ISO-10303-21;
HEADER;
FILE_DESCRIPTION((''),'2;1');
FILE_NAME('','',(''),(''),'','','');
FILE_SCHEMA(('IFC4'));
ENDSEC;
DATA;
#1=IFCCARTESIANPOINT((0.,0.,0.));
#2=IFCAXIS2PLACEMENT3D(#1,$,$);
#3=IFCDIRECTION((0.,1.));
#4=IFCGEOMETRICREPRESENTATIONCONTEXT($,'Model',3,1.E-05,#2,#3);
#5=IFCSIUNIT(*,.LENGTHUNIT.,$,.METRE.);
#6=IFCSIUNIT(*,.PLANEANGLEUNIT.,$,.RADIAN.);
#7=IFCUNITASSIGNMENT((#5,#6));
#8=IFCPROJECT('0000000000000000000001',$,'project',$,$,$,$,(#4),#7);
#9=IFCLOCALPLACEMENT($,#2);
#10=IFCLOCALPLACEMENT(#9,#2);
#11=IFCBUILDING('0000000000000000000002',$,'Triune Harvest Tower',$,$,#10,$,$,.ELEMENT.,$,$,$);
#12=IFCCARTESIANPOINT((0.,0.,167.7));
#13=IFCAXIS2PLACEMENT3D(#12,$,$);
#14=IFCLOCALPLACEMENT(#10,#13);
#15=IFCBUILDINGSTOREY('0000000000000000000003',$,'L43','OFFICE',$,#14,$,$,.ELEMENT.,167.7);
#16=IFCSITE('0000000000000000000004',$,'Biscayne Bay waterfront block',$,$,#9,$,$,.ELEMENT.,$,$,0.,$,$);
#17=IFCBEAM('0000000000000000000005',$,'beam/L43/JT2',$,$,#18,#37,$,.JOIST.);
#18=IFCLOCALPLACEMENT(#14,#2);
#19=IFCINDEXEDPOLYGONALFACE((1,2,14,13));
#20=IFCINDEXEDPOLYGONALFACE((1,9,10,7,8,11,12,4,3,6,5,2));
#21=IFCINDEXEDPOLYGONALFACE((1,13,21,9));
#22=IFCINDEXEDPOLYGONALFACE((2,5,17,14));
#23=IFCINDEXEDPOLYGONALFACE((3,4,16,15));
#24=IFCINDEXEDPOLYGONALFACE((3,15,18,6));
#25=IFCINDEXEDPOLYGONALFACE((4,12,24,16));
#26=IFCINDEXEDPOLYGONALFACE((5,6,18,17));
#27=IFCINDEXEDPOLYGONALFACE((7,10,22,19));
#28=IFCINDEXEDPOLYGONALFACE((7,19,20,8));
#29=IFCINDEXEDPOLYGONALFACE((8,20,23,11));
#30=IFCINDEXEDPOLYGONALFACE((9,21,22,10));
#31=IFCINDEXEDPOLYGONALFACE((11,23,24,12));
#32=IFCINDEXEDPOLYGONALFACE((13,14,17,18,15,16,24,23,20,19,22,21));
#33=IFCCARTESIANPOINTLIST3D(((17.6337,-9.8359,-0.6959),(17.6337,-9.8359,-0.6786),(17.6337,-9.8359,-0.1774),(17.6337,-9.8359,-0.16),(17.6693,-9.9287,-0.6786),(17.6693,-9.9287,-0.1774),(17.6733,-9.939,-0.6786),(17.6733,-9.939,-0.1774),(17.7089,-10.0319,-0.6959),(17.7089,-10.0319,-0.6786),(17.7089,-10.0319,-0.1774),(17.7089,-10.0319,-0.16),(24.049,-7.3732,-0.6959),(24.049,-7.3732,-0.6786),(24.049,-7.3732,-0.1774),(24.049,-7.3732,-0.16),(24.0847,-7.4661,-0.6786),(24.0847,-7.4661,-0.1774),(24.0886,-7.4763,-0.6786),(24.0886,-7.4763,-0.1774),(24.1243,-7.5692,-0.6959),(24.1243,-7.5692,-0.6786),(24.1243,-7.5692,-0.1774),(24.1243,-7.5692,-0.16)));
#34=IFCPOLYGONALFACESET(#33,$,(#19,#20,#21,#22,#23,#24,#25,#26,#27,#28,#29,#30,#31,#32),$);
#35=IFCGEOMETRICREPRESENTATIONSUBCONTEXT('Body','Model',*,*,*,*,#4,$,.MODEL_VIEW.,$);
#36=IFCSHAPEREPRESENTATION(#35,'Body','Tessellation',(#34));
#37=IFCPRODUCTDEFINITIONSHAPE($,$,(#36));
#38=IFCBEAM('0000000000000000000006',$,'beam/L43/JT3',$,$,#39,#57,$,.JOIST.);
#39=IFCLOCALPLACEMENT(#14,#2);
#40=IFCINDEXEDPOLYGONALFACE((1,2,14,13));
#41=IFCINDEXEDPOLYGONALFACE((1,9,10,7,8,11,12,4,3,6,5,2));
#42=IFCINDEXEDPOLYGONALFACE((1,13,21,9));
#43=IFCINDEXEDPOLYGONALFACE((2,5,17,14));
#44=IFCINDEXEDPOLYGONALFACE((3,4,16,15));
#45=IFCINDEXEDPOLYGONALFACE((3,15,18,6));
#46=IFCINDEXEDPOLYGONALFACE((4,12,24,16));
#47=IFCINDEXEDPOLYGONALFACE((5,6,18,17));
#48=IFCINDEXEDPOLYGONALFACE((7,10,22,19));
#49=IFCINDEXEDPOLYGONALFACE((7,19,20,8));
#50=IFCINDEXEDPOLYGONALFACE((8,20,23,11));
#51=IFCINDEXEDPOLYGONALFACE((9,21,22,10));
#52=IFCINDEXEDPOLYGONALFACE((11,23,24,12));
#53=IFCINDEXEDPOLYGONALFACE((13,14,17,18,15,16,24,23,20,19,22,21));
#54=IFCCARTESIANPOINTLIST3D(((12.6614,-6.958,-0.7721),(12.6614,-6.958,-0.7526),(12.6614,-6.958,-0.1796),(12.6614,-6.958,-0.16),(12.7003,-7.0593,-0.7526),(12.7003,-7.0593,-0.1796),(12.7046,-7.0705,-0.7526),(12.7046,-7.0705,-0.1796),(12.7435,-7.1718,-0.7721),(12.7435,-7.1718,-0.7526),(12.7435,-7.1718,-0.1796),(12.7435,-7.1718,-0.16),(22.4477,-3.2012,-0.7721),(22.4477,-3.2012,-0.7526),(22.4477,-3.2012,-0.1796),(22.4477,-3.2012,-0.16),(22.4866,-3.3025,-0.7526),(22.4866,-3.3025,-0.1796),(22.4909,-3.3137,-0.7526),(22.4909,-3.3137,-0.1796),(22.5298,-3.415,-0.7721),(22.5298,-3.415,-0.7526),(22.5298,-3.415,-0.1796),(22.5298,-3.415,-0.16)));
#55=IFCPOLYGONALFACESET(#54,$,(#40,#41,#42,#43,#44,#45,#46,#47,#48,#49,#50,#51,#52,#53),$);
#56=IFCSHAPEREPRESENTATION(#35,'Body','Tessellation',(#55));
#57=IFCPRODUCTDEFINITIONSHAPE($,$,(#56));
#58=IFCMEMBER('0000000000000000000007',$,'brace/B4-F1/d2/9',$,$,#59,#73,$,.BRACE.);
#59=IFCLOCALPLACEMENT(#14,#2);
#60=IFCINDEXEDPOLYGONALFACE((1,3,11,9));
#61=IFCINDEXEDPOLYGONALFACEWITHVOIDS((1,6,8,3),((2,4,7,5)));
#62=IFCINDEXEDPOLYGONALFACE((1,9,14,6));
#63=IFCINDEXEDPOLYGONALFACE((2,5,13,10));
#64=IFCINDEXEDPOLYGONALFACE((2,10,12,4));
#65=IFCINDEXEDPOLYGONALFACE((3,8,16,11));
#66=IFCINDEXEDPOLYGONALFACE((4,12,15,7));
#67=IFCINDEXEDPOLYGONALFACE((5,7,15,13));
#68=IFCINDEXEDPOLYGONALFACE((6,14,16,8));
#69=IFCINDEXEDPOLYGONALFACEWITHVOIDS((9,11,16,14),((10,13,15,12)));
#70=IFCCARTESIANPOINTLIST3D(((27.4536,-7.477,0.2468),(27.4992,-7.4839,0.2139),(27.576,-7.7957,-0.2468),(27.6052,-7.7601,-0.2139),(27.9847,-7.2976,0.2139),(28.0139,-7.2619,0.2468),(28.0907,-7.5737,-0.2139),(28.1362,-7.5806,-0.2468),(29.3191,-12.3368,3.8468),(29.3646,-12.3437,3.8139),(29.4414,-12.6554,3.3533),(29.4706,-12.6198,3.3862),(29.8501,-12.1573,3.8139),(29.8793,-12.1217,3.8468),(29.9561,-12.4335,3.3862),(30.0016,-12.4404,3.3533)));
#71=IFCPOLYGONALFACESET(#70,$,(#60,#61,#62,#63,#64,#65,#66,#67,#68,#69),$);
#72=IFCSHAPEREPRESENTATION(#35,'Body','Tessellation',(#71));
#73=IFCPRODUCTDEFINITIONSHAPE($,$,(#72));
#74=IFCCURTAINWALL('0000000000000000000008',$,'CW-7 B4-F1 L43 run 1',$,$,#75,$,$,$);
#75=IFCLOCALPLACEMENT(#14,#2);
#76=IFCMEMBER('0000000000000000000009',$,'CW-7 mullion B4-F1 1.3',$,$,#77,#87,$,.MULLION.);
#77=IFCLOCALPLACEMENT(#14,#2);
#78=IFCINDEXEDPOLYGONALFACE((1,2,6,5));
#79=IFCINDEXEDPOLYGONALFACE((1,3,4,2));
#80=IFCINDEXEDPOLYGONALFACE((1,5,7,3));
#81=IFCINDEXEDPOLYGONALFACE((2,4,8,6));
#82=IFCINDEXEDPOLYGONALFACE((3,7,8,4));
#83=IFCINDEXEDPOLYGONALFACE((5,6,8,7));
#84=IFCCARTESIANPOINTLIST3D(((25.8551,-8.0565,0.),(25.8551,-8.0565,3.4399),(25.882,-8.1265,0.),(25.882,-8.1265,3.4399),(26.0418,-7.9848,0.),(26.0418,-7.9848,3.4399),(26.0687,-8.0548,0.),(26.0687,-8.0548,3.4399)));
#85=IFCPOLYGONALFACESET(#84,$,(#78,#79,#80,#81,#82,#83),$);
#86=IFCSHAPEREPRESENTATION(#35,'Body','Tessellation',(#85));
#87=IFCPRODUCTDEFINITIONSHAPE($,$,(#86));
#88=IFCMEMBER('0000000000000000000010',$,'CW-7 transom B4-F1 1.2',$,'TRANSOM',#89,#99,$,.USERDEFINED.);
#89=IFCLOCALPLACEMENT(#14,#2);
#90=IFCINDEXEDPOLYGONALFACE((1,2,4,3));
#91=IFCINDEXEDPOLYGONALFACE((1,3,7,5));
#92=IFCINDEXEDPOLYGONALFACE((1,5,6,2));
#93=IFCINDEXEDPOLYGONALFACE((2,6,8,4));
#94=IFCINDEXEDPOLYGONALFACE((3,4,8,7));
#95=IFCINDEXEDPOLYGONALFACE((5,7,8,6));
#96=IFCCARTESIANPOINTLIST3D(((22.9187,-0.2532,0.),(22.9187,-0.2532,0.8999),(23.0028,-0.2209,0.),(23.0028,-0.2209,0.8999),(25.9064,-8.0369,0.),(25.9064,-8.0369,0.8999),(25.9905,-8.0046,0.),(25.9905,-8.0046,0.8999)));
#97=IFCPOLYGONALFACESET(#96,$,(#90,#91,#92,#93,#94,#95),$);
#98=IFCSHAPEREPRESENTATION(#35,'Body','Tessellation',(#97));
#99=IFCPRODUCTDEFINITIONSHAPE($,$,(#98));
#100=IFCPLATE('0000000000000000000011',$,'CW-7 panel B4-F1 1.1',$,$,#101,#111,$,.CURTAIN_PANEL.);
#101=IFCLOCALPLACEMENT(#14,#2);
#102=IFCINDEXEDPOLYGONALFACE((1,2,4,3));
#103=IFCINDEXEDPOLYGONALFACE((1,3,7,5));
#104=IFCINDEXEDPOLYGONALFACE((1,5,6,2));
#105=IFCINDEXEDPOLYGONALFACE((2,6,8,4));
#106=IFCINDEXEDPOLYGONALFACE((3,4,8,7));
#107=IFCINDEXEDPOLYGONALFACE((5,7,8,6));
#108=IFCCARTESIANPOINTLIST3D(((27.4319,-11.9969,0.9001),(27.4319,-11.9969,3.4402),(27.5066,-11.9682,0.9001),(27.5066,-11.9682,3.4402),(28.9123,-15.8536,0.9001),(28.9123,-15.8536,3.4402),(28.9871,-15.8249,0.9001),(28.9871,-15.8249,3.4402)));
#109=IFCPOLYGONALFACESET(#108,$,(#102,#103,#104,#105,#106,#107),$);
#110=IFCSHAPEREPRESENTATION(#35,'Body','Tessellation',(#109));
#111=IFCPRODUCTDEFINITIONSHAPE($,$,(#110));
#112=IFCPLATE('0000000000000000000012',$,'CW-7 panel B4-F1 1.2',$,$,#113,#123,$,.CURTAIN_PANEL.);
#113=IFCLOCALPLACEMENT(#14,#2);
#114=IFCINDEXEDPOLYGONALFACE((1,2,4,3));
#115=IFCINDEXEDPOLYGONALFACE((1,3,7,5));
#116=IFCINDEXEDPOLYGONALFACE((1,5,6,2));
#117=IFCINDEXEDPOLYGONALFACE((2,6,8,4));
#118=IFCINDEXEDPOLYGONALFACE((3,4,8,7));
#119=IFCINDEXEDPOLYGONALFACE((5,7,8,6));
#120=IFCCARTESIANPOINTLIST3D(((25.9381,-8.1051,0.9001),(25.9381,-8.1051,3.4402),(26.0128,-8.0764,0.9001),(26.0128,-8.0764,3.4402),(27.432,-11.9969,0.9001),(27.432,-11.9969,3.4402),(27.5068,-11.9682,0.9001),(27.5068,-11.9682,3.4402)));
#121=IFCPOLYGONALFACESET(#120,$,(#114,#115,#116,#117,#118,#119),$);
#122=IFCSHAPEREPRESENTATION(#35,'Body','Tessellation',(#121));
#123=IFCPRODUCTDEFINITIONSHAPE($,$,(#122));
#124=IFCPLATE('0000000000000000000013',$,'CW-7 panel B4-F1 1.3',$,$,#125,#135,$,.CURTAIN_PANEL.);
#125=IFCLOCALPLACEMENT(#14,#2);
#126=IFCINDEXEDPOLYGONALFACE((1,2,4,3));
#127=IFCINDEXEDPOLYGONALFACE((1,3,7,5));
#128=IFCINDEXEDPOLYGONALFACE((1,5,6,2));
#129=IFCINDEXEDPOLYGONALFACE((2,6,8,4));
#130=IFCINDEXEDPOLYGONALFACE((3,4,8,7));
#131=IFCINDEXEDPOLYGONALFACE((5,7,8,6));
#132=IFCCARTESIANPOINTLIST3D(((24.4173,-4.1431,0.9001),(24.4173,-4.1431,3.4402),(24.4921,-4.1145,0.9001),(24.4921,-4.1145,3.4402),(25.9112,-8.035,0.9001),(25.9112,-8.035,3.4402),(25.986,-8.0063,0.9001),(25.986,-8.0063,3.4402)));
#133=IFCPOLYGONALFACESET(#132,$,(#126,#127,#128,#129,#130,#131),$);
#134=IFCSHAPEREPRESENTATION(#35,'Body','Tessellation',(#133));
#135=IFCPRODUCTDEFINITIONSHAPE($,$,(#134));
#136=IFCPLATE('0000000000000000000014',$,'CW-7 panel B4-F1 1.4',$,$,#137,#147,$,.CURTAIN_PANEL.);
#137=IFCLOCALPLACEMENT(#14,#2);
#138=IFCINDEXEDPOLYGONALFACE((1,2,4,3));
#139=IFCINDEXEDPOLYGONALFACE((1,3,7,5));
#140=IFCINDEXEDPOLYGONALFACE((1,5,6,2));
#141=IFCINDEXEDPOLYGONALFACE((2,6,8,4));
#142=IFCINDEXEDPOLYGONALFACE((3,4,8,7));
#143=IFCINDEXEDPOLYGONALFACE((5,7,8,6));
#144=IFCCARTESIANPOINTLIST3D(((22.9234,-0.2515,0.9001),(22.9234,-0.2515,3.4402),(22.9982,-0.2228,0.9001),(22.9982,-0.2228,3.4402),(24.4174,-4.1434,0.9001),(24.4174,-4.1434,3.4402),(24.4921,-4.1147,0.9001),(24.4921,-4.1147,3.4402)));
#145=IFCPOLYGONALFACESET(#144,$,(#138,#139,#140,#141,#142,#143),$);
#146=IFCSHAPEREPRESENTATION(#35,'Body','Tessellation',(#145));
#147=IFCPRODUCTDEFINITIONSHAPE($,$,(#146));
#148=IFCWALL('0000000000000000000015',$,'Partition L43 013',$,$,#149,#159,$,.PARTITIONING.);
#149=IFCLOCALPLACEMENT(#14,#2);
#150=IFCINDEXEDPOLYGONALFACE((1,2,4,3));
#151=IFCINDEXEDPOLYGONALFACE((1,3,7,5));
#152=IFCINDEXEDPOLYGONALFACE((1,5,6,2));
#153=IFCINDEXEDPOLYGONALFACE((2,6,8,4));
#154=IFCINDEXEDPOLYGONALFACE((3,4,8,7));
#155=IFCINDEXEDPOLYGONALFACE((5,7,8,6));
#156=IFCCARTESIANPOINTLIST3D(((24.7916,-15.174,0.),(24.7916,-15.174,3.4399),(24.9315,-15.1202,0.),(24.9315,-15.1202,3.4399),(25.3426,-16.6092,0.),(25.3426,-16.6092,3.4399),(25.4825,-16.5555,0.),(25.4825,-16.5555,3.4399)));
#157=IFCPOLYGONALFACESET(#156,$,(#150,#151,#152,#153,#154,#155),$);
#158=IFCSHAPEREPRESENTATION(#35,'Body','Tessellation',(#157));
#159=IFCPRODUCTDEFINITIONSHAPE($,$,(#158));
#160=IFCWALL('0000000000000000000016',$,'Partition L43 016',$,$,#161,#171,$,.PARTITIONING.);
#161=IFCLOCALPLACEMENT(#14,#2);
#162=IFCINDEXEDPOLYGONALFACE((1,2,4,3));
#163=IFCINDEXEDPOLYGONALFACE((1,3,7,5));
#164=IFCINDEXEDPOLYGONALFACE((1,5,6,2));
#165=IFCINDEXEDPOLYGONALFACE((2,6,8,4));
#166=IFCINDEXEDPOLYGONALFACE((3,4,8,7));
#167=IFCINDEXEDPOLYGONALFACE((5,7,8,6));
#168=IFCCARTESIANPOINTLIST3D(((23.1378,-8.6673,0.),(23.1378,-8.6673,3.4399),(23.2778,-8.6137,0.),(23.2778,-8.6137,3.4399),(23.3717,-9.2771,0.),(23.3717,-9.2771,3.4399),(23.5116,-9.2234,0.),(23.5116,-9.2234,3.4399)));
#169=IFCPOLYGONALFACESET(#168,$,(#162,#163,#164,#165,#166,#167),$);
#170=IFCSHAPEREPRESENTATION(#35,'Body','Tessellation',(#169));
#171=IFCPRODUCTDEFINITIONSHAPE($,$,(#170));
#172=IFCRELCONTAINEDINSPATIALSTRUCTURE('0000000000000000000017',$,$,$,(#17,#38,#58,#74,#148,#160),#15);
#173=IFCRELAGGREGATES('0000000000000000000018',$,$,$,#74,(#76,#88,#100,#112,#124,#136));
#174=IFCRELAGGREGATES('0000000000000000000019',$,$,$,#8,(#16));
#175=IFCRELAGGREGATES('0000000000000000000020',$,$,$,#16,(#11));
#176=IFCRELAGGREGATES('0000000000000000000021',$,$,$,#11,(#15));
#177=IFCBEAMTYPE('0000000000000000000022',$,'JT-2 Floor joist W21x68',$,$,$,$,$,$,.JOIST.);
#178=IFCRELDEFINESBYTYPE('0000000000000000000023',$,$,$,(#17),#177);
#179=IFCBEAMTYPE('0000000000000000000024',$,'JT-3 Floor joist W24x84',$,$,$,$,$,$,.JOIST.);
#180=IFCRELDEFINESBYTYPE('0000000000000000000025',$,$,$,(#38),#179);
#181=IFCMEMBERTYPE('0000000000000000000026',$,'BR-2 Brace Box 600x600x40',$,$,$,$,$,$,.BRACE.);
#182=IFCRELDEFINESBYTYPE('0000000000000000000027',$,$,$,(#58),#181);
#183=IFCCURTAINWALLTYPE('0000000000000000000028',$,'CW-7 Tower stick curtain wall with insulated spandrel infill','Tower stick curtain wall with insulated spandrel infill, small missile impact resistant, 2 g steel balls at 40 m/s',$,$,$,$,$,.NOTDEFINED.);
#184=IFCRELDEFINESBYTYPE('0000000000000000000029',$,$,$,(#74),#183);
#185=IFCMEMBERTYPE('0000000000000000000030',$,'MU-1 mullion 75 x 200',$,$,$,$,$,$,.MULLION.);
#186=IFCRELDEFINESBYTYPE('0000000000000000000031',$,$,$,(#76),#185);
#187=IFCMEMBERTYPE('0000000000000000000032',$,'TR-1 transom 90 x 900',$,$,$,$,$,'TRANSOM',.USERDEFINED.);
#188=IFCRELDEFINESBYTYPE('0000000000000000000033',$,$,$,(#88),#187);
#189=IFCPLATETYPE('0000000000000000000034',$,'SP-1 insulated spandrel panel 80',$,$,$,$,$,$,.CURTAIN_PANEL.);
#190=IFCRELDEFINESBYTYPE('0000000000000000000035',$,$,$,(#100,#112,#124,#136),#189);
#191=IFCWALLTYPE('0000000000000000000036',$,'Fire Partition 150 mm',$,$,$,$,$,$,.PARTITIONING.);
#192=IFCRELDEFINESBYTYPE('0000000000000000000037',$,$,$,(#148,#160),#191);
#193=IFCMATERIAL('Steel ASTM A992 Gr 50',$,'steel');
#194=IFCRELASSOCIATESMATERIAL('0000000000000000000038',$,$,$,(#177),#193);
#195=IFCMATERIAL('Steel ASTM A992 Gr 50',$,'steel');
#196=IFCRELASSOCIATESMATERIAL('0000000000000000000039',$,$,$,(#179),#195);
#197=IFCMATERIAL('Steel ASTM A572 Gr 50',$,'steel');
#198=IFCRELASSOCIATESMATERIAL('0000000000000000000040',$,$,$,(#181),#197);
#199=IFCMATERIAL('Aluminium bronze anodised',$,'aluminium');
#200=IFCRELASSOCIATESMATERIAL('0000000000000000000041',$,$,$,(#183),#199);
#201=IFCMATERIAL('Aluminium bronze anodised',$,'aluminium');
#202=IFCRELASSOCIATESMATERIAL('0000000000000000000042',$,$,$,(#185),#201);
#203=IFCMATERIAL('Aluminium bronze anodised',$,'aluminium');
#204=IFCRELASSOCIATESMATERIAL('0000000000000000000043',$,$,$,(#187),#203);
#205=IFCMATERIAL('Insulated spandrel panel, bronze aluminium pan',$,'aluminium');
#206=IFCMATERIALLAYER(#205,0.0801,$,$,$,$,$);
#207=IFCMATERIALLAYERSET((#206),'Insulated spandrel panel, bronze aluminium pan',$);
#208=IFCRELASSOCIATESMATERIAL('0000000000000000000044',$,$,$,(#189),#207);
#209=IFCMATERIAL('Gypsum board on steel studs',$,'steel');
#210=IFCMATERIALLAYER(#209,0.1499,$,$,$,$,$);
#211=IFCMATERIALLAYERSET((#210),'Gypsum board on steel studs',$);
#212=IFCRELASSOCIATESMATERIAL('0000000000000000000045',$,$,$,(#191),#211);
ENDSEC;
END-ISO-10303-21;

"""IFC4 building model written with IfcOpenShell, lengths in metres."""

from ifc_helpers import new_model, si_unit, direction, frame, frame_2d, origin, origin_2d, place, context, subcontext, project, spatial, rectangle, hollow_rectangle, i_section, extrude, source, transform, mapped, material, layer, layer_set, material_profile, profile_set, type_object, element, aggregate, save


model = new_model("IFC4")

# Units and contexts
model_context = context("Model", 3, precision=1e-05, world=origin(), true_north=direction((0.0, 1.0)))
body_context = subcontext(model_context, "Body", "Model", "MODEL_VIEW")
ifc_project = project(units=[si_unit("LENGTHUNIT", "METRE"), si_unit("PLANEANGLEUNIT", "RADIAN")], contexts=[model_context])

# Site, building, storey
site_placement = place(None, origin())
site = spatial("IfcSite", under=ifc_project, at=site_placement, Name="Biscayne Bay waterfront block", CompositionType="ELEMENT", RefElevation=0.0)
building_placement = place(site_placement, origin())
building = spatial("IfcBuilding", under=site, at=building_placement, Name="Triune Harvest Tower", CompositionType="ELEMENT")
storey_placement = place(building_placement, frame((0.0, 0.0, 167.7)))
storey = spatial("IfcBuildingStorey", under=building, at=storey_placement, Name="L43", Description="OFFICE", CompositionType="ELEMENT", Elevation=167.7)

# Beams
ifc_material_1 = material(Name="Steel ASTM A992 Gr 50", Category="steel")
ifc_material_profile_1 = material_profile(ifc_material_1, i_section(OverallWidth=0.21, OverallDepth=0.5359, WebThickness=0.011, FlangeThickness=0.0173, at=origin_2d()), Name="W21x68")
ifc_profile_set_1 = profile_set([ifc_material_profile_1], Name="Steel ASTM A992 Gr 50")
beam_type_1 = type_object("IfcBeamType", Name="JT-2 Floor joist W21x68", PredefinedType="JOIST", material=ifc_profile_set_1)
shared_shape_1 = source(origin(), body_context, "Body", "SweptSolid", [
    extrude(i_section(OverallWidth=0.21, OverallDepth=0.5359, WebThickness=0.011, FlangeThickness=0.0173, at=origin_2d()), origin(), (0.0, 0.0, 1.0), 6.8718),
])
beam_1_placement = place(storey_placement, frame((24.0867, -7.4712, -0.428), z_axis=(-0.933578, -0.358374, 0.0), x_axis=(0.358374, -0.933578, 0.0)))
element("IfcBeam", 1, at=beam_1_placement, inside=storey, type_object=beam_type_1, Name="beam/L43/JT2", PredefinedType="JOIST", context=body_context, shape_type="MappedRepresentation", body=[
    mapped(shared_shape_1, transform((0.0, 0.0, 0.0), scale=1.0)),
])
ifc_material_2 = material(Name="Steel ASTM A992 Gr 50", Category="steel")
ifc_material_profile_2 = material_profile(ifc_material_2, i_section(OverallWidth=0.229, OverallDepth=0.6121, WebThickness=0.012, FlangeThickness=0.0195, at=origin_2d()), Name="W24x84")
ifc_profile_set_2 = profile_set([ifc_material_profile_2], Name="Steel ASTM A992 Gr 50")
beam_type_2 = type_object("IfcBeamType", Name="JT-3 Floor joist W24x84", PredefinedType="JOIST", material=ifc_profile_set_2)
shared_shape_2 = source(origin(), body_context, "Body", "SweptSolid", [
    extrude(i_section(OverallWidth=0.229, OverallDepth=0.6121, WebThickness=0.012, FlangeThickness=0.0195, at=origin_2d()), origin(), (0.0, 0.0, 1.0), 10.4827),
])
beam_2_placement = place(storey_placement, frame((22.4888, -3.3081, -0.4661), z_axis=(-0.933574, -0.358384, 0.0), x_axis=(0.358384, -0.933574, 0.0)))
element("IfcBeam", 2, at=beam_2_placement, inside=storey, type_object=beam_type_2, Name="beam/L43/JT3", PredefinedType="JOIST", context=body_context, shape_type="MappedRepresentation", body=[
    mapped(shared_shape_2, transform((0.0, 0.0, 0.0), scale=1.0)),
])

# Member
ifc_material_3 = material(Name="Steel ASTM A572 Gr 50", Category="steel")
ifc_material_profile_3 = material_profile(ifc_material_3, hollow_rectangle(XDim=0.6001, YDim=0.6001, WallThickness=0.04, at=origin_2d()), Name="Box 600x600x40")
ifc_profile_set_3 = profile_set([ifc_material_profile_3], Name="Steel ASTM A572 Gr 50")
member_type_1 = type_object("IfcMemberType", Name="BR-2 Brace Box 600x600x40", PredefinedType="BRACE", material=ifc_profile_set_3)
shared_shape_3 = source(origin(), body_context, "Body", "SweptSolid", [
    extrude(hollow_rectangle(XDim=0.6001, YDim=0.6001, WallThickness=0.04, at=origin_2d()), origin(), (0.0, 0.0, 1.0), 6.3291),
])
member_1_placement = place(storey_placement, frame((27.7949, -7.5288, 0.0), z_axis=(0.294741, -0.767846, 0.568806), x_axis=(0.933584, 0.35836, 0.0)))
element("IfcMember", 3, at=member_1_placement, inside=storey, type_object=member_type_1, Name="brace/B4-F1/d2/9", PredefinedType="BRACE", context=body_context, shape_type="MappedRepresentation", body=[
    mapped(shared_shape_3, transform((0.0, 0.0, 0.0), scale=1.0)),
])

# Curtain wall, members, plates
ifc_material_4 = material(Name="Aluminium bronze anodised", Category="aluminium")
curtain_wall_type = type_object("IfcCurtainWallType", Name="CW-7 Tower stick curtain wall with insulated spandrel infill", Description="Tower stick curtain wall with insulated spandrel infill, small missile impact resistant, 2 g steel balls at 40 m/s", PredefinedType="NOTDEFINED", material=ifc_material_4)
curtain_wall_placement = place(storey_placement, origin())
curtain_wall = element("IfcCurtainWall", 4, at=curtain_wall_placement, inside=storey, type_object=curtain_wall_type, Name="CW-7 B4-F1 L43 run 1")
ifc_material_5 = material(Name="Aluminium bronze anodised", Category="aluminium")
ifc_material_profile_4 = material_profile(ifc_material_5, rectangle(XDim=0.2, YDim=0.075, at=origin_2d()), Name="MU-1 mullion 75 x 200")
ifc_profile_set_4 = profile_set([ifc_material_profile_4], Name="Aluminium bronze anodised")
member_type_2 = type_object("IfcMemberType", Name="MU-1 mullion 75 x 200", PredefinedType="MULLION", material=ifc_profile_set_4)
shared_shape_4 = source(origin(), body_context, "Body", "SweptSolid", [
    extrude(rectangle(XDim=0.2, YDim=0.075, at=origin_2d()), origin(), (0.0, 0.0, 1.0), 3.4399),
])
member_2_placement = place(storey_placement, frame((25.9619, -8.0557, 0.0), z_axis=(0.0, 0.0, 1.0), x_axis=(-0.93358, -0.35837, 0.0)))
member_2 = element("IfcMember", 5, at=member_2_placement, type_object=member_type_2, Name="CW-7 mullion B4-F1 1.3", PredefinedType="MULLION", context=body_context, shape_type="MappedRepresentation", body=[
    mapped(shared_shape_4, transform((0.0, 0.0, 0.0), scale=1.0)),
])
ifc_material_6 = material(Name="Aluminium bronze anodised", Category="aluminium")
ifc_material_profile_5 = material_profile(ifc_material_6, rectangle(XDim=0.0901, YDim=0.8999, at=origin_2d()), Name="TR-1 transom 90 x 900")
ifc_profile_set_5 = profile_set([ifc_material_profile_5], Name="Aluminium bronze anodised")
member_type_3 = type_object("IfcMemberType", Name="TR-1 transom 90 x 900", ElementType="TRANSOM", PredefinedType="USERDEFINED", material=ifc_profile_set_5)
shared_shape_5 = source(origin(), body_context, "Body", "SweptSolid", [
    extrude(rectangle(XDim=0.0901, YDim=0.8999, at=origin_2d()), origin(), (0.0, 0.0, 1.0), 8.3374),
])
member_3_placement = place(storey_placement, frame((25.9485, -8.0208, 0.45), z_axis=(-0.358359, 0.933584, 0.0), x_axis=(-0.933584, -0.358359, 0.0)))
member_3 = element("IfcMember", 6, at=member_3_placement, type_object=member_type_3, Name="CW-7 transom B4-F1 1.2", ObjectType="TRANSOM", PredefinedType="USERDEFINED", context=body_context, shape_type="MappedRepresentation", body=[
    mapped(shared_shape_5, transform((0.0, 0.0, 0.0), scale=1.0)),
])
ifc_material_7 = material(Name="Insulated spandrel panel, bronze aluminium pan", Category="aluminium")
ifc_layer_1 = layer(ifc_material_7, 0.0801)
ifc_layer_set_1 = layer_set([ifc_layer_1], Name="Insulated spandrel panel, bronze aluminium pan")
plate_type = type_object("IfcPlateType", Name="SP-1 insulated spandrel panel 80", PredefinedType="CURTAIN_PANEL", material=ifc_layer_set_1)
shared_shape_6 = source(origin(), body_context, "Body", "SweptSolid", [
    extrude(rectangle(XDim=4.1311, YDim=0.0801, at=origin_2d()), origin(), (0.0, 0.0, 1.0), 2.54),
])
plate_1_placement = place(storey_placement, frame((28.2095, -13.9109, 0.9001), z_axis=(0.0, 0.0, 1.0), x_axis=(-0.35837, 0.93358, 0.0)))
plate_1 = element("IfcPlate", 7, at=plate_1_placement, type_object=plate_type, Name="CW-7 panel B4-F1 1.1", PredefinedType="CURTAIN_PANEL", context=body_context, shape_type="MappedRepresentation", body=[
    mapped(shared_shape_6, transform((0.0, 0.0, 0.0), scale=1.0)),
])
shared_shape_7 = source(origin(), body_context, "Body", "SweptSolid", [
    extrude(rectangle(XDim=4.1687, YDim=0.0801, at=origin_2d()), origin(), (0.0, 0.0, 1.0), 2.54),
])
plate_2_placement = place(storey_placement, frame((26.7224, -10.0366, 0.9001), z_axis=(0.0, 0.0, 1.0), x_axis=(-0.35837, 0.93358, 0.0)))
plate_2 = element("IfcPlate", 8, at=plate_2_placement, type_object=plate_type, Name="CW-7 panel B4-F1 1.2", PredefinedType="CURTAIN_PANEL", context=body_context, shape_type="MappedRepresentation", body=[
    mapped(shared_shape_7, transform((0.0, 0.0, 0.0), scale=1.0)),
])
plate_3_placement = place(storey_placement, frame((25.2017, -6.0747, 0.9001), z_axis=(0.0, 0.0, 1.0), x_axis=(-0.35837, 0.93358, 0.0)))
plate_3 = element("IfcPlate", 9, at=plate_3_placement, type_object=plate_type, Name="CW-7 panel B4-F1 1.3", PredefinedType="CURTAIN_PANEL", context=body_context, shape_type="MappedRepresentation", body=[
    mapped(shared_shape_7, transform((0.0, 0.0, 0.0), scale=1.0)),
])
plate_4_placement = place(storey_placement, frame((23.7078, -2.1831, 0.9001), z_axis=(0.0, 0.0, 1.0), x_axis=(-0.35837, 0.93358, 0.0)))
plate_4 = element("IfcPlate", 10, at=plate_4_placement, type_object=plate_type, Name="CW-7 panel B4-F1 1.4", PredefinedType="CURTAIN_PANEL", context=body_context, shape_type="MappedRepresentation", body=[
    mapped(shared_shape_7, transform((0.0, 0.0, 0.0), scale=1.0)),
])
aggregate(curtain_wall, [member_2, member_3, plate_1, plate_2, plate_3, plate_4])

# Walls
ifc_material_8 = material(Name="Gypsum board on steel studs", Category="steel")
ifc_layer_2 = layer(ifc_material_8, 0.1499)
ifc_layer_set_2 = layer_set([ifc_layer_2], Name="Gypsum board on steel studs")
wall_type_1 = type_object("IfcWallType", Name="Fire Partition 150 mm", PredefinedType="PARTITIONING", material=ifc_layer_set_2)
wall_1_placement = place(storey_placement, frame((24.8616, -15.1472, 0.0), z_axis=(0.0, 0.0, 1.0), x_axis=(0.358404, -0.933566, 0.0)))
element("IfcWall", 11, at=wall_1_placement, inside=storey, type_object=wall_type_1, Name="Partition L43 013", PredefinedType="PARTITIONING", context=body_context, shape_type="SweptSolid", body=[
    extrude(rectangle(XDim=1.5374, YDim=0.1499, at=frame_2d((0.7686, 0.0))), origin(), (0.0, 0.0, 1.0), 3.4399),
])
wall_2_placement = place(storey_placement, frame((23.2078, -8.6404, 0.0), z_axis=(0.0, 0.0, 1.0), x_axis=(0.358077, -0.933692, 0.0)))
element("IfcWall", 12, at=wall_2_placement, inside=storey, type_object=wall_type_1, Name="Partition L43 016", PredefinedType="PARTITIONING", context=body_context, shape_type="SweptSolid", body=[
    extrude(rectangle(XDim=0.6531, YDim=0.1499, at=frame_2d((0.3267, 0.0))), origin(), (0.0, 0.0, 1.0), 3.4399),
])

save(model, "model.ifc")
